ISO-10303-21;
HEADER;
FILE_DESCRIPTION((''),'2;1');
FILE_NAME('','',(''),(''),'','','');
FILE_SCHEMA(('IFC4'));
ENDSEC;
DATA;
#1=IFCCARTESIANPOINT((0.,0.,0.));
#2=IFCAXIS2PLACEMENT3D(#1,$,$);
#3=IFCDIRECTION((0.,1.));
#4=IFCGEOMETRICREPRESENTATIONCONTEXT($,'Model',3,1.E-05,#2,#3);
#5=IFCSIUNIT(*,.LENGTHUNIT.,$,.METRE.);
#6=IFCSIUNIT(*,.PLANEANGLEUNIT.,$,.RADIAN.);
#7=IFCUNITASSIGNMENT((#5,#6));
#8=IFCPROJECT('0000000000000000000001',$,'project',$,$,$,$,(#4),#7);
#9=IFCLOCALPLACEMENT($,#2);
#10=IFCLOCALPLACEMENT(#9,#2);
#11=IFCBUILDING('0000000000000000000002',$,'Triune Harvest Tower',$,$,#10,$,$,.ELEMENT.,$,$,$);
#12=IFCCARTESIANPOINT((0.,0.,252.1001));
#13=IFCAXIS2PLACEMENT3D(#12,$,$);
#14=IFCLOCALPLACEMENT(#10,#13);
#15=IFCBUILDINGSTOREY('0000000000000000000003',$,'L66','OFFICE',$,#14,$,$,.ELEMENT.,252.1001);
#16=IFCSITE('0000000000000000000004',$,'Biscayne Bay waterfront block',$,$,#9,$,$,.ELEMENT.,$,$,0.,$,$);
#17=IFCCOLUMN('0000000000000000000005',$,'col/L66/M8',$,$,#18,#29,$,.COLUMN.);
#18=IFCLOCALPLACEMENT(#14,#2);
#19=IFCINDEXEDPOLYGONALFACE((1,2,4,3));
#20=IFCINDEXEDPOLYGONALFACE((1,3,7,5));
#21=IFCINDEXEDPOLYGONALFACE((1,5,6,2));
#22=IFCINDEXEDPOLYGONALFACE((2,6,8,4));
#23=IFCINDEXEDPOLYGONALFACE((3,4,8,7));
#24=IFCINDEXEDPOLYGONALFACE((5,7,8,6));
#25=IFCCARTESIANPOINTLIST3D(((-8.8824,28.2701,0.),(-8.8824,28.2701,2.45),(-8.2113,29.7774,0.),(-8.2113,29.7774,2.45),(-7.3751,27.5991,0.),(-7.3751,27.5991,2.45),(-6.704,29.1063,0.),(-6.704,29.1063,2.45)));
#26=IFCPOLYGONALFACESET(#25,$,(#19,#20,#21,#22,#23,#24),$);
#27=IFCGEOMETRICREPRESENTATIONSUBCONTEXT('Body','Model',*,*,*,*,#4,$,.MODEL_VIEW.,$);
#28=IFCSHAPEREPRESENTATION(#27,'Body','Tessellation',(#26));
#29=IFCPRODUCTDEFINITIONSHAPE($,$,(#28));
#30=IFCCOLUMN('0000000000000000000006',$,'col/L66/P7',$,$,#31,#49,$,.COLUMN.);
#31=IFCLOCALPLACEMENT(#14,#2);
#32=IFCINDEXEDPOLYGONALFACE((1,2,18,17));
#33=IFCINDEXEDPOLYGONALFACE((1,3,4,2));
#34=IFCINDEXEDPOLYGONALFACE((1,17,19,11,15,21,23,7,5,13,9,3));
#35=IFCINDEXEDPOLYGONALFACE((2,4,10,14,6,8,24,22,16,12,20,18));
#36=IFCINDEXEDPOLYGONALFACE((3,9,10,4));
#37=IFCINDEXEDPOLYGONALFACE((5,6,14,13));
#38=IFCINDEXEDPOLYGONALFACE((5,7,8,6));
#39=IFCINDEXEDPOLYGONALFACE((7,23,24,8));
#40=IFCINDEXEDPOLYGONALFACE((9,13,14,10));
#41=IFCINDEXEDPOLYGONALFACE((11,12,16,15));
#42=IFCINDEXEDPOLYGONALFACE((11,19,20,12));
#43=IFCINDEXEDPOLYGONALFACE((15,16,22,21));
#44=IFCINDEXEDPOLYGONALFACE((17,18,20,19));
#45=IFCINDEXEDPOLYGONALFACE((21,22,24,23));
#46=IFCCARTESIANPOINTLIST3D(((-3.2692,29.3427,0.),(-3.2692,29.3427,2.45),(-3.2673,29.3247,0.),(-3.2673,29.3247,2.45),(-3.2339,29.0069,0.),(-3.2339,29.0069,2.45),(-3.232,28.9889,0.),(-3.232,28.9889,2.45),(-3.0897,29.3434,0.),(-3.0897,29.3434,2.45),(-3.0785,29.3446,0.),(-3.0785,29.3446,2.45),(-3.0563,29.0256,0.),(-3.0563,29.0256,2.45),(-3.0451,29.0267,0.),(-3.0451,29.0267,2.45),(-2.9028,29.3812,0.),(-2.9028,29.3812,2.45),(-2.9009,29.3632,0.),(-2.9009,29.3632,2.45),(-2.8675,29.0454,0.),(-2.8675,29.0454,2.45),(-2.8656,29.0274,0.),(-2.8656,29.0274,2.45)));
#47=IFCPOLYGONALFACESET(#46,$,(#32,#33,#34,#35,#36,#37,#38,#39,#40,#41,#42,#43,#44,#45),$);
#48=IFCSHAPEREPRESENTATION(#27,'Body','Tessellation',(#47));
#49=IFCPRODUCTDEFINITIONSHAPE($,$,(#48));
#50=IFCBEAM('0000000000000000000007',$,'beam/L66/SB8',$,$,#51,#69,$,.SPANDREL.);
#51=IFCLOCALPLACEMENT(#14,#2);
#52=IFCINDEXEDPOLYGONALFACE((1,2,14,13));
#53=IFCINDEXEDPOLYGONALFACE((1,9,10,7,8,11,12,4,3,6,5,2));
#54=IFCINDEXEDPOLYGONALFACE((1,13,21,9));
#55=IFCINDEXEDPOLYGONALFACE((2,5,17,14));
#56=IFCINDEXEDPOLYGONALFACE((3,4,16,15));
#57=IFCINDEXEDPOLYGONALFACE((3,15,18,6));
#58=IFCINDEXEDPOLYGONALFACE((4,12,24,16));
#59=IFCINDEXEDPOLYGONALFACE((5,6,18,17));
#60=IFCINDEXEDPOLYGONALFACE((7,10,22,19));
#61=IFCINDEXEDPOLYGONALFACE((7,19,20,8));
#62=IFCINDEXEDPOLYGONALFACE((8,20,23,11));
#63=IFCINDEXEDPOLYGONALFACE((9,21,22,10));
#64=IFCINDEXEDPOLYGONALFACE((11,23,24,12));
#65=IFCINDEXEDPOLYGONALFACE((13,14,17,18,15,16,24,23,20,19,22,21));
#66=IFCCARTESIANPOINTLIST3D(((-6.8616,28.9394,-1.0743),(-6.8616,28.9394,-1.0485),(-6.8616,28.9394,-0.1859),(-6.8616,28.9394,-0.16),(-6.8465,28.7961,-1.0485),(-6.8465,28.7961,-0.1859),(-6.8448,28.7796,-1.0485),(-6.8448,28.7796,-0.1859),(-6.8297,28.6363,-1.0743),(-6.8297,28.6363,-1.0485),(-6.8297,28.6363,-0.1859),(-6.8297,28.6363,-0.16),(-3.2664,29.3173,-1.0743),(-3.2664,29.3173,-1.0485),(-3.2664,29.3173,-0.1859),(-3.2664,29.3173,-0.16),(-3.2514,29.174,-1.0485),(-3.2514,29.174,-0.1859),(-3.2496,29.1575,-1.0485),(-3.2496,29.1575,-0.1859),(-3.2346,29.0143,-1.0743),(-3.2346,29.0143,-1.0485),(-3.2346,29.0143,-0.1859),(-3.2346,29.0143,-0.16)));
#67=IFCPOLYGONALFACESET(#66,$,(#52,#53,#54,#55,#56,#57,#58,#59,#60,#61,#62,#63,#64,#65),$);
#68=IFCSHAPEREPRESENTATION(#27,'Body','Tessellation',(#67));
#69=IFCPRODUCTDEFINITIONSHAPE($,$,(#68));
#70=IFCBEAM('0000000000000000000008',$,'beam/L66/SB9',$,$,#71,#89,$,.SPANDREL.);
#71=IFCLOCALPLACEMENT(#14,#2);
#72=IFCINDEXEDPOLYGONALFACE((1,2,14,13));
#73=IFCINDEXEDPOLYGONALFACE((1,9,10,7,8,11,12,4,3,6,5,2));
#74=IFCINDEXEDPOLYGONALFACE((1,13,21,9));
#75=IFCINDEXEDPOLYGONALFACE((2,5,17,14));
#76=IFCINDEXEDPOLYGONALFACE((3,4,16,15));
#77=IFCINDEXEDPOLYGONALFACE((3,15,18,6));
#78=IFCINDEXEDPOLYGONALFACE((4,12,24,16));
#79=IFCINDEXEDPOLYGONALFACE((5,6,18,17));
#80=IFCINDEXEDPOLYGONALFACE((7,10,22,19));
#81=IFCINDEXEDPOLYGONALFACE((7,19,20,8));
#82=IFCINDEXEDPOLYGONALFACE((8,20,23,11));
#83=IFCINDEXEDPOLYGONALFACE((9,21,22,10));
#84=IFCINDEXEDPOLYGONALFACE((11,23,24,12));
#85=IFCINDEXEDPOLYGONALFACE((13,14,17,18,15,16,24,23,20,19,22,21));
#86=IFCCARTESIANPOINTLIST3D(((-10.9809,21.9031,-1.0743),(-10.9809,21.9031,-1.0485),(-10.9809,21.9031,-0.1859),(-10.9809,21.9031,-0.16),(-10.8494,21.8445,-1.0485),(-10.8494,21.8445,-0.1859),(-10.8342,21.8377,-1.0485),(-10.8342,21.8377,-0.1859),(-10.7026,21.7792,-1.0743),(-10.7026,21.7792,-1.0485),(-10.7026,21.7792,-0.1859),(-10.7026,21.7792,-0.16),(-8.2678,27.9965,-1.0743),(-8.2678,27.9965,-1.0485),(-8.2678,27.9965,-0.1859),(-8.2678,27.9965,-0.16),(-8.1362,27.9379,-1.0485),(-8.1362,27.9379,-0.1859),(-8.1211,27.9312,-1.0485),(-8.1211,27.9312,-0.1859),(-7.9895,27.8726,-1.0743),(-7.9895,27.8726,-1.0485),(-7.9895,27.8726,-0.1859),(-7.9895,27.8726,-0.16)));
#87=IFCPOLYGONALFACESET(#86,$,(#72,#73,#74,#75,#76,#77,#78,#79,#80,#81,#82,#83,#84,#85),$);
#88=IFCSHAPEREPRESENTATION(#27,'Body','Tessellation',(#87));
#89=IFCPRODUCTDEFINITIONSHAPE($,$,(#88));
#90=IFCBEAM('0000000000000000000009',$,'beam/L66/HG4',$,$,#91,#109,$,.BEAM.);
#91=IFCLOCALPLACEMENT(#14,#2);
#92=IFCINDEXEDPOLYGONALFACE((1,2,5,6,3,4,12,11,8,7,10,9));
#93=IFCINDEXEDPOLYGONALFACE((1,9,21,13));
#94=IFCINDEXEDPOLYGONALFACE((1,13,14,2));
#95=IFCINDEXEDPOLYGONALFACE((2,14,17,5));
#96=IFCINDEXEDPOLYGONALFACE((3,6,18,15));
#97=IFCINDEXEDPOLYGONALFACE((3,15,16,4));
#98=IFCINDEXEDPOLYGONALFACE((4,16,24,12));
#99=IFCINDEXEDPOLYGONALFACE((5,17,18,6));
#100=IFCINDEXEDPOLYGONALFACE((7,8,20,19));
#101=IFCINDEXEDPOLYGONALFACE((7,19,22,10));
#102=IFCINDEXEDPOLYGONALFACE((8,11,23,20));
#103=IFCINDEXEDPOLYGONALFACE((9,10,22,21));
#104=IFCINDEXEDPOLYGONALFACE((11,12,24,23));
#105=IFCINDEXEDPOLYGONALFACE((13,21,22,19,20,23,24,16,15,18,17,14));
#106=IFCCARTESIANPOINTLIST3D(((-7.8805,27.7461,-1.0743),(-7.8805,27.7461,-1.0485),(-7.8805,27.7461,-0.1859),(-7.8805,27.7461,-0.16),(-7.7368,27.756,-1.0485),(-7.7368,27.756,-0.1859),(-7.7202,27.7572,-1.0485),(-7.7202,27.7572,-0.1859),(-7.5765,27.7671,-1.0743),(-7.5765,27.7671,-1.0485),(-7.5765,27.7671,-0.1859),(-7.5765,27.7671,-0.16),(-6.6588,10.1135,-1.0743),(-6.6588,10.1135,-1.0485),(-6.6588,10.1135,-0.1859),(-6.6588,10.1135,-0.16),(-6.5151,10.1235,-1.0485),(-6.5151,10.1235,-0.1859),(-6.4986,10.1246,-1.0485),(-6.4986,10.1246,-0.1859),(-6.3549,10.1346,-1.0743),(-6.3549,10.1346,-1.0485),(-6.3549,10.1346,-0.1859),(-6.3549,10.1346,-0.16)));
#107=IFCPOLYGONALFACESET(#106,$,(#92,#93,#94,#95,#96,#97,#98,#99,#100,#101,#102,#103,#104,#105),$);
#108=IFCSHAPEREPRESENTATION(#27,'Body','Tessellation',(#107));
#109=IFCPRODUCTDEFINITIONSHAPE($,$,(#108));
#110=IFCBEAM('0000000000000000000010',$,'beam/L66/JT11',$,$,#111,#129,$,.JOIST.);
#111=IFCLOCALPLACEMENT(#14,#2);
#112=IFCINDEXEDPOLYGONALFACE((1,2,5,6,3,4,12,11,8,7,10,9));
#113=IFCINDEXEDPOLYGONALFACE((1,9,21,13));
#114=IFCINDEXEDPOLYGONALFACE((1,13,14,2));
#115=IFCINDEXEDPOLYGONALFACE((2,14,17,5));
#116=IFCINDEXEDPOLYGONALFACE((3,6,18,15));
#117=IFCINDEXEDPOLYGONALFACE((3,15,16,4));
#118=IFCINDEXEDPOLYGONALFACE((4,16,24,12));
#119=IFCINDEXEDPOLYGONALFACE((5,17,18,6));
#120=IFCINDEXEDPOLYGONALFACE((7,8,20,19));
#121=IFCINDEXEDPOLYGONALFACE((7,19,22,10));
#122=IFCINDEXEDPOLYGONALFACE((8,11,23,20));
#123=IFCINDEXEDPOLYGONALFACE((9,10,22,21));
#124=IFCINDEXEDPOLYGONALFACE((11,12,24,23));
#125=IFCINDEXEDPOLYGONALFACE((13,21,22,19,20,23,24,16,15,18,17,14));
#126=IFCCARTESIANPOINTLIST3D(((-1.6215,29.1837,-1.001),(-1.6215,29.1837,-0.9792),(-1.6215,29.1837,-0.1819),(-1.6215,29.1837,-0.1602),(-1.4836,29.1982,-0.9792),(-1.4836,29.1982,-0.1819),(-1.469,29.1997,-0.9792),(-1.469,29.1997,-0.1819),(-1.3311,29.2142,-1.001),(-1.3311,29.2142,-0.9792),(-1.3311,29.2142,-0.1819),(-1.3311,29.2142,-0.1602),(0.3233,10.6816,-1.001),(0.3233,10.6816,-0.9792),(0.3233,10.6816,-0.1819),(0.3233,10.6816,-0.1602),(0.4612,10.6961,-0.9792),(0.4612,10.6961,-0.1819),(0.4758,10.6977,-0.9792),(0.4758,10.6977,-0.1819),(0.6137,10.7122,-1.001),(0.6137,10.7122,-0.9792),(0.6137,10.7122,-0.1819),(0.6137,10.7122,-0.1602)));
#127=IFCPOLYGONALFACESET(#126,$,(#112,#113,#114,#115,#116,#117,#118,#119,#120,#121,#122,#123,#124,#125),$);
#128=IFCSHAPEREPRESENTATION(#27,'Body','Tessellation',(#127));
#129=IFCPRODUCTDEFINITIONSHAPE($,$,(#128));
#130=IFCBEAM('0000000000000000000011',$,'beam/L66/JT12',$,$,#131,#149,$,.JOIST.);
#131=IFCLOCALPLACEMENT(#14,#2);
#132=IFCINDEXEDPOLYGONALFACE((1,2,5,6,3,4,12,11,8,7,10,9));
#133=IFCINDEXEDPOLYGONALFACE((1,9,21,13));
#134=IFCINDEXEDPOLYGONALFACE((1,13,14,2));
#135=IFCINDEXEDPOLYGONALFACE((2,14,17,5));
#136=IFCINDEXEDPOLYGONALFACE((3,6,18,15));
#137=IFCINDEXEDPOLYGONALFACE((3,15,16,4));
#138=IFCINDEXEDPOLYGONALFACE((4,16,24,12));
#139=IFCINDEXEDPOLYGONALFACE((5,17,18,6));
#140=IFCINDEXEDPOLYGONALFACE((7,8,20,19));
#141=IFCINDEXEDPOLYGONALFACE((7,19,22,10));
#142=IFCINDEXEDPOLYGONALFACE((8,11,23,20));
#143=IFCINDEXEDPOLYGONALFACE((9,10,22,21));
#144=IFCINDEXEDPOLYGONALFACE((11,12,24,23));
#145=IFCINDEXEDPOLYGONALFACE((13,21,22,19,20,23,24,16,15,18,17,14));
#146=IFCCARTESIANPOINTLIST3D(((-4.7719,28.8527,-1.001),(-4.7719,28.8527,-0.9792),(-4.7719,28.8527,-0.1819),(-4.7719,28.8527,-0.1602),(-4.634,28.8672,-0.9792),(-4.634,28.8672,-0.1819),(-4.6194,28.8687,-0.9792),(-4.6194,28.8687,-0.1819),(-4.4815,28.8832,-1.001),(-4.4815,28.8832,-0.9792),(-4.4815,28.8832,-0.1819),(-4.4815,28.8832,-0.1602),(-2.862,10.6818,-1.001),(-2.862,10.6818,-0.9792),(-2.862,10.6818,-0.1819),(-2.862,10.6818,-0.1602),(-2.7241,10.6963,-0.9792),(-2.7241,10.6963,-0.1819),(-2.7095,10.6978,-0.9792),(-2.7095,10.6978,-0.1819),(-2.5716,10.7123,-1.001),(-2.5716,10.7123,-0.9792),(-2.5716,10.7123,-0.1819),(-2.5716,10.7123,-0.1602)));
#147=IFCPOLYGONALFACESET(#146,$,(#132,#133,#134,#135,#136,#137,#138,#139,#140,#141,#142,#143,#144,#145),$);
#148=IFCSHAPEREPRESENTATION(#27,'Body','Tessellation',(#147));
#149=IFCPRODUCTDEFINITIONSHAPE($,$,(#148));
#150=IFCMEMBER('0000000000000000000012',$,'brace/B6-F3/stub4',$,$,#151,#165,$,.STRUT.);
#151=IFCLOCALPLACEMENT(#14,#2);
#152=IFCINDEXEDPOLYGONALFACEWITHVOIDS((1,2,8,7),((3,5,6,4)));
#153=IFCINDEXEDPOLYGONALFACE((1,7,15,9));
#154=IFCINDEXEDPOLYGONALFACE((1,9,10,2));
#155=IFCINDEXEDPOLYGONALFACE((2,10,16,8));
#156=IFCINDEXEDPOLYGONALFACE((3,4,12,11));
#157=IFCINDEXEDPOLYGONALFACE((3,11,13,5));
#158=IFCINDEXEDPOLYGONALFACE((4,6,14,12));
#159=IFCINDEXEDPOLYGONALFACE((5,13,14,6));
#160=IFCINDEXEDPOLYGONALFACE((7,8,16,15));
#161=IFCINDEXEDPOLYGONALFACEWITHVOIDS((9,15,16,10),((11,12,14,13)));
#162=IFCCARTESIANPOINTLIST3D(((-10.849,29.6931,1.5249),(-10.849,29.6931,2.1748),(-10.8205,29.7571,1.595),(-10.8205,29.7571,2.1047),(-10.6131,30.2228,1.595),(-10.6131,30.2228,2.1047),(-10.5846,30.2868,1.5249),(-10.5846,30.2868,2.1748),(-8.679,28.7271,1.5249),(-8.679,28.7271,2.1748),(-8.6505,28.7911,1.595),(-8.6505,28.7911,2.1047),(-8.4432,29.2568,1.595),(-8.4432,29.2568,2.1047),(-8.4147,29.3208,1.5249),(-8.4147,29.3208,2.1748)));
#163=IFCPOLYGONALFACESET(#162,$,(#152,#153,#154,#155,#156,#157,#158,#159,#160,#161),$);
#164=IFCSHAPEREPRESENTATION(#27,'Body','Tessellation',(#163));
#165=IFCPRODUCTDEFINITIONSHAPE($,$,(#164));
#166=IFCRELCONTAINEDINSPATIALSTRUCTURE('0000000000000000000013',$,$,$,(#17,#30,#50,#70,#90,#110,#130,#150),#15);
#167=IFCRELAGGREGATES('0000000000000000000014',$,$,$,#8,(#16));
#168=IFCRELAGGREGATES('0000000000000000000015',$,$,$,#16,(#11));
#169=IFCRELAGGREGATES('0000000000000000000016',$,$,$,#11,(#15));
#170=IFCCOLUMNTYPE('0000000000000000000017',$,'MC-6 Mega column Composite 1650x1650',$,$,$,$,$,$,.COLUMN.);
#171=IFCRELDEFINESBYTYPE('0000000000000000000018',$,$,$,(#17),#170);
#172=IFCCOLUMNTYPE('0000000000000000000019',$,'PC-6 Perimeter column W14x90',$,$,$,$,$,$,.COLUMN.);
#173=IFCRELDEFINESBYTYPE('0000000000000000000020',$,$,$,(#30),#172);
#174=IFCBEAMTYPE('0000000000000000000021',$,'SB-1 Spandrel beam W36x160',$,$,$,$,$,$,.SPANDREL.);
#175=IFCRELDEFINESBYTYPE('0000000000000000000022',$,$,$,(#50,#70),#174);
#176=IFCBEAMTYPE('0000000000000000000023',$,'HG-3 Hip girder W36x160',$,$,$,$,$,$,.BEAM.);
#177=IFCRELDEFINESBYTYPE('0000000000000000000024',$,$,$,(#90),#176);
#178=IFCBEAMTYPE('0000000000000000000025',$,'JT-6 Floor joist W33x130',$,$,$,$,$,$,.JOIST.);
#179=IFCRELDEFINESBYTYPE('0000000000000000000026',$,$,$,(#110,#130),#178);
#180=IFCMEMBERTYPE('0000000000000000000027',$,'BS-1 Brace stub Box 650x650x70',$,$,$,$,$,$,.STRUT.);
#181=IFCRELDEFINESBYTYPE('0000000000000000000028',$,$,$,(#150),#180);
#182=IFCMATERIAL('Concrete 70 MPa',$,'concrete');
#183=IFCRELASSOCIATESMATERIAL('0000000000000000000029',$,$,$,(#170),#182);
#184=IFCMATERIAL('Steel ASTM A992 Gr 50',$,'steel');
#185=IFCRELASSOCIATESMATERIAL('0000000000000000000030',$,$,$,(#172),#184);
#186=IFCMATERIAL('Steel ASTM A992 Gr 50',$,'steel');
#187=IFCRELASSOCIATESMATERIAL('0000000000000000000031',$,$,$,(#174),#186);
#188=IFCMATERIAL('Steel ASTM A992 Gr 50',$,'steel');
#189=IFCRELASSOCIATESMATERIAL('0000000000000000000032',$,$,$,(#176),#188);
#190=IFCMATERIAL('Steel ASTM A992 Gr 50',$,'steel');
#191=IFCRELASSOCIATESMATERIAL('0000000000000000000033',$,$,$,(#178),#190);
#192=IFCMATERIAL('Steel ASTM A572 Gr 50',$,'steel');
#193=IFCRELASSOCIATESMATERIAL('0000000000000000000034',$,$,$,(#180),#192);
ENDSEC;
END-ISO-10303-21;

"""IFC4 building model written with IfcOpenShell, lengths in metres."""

from ifc_helpers import new_model, si_unit, direction, frame, origin, origin_2d, place, context, subcontext, project, spatial, rectangle, hollow_rectangle, i_section, extrude, source, transform, mapped, material, material_profile, profile_set, type_object, element, save


model = new_model("IFC4")

# Units and contexts
model_context = context("Model", 3, precision=1e-05, world=origin(), true_north=direction((0.0, 1.0)))
body_context = subcontext(model_context, "Body", "Model", "MODEL_VIEW")
ifc_project = project(units=[si_unit("LENGTHUNIT", "METRE"), si_unit("PLANEANGLEUNIT", "RADIAN")], contexts=[model_context])

# Site, building, storey
site_placement = place(None, origin())
site = spatial("IfcSite", under=ifc_project, at=site_placement, Name="Biscayne Bay waterfront block", CompositionType="ELEMENT", RefElevation=0.0)
building_placement = place(site_placement, origin())
building = spatial("IfcBuilding", under=site, at=building_placement, Name="Triune Harvest Tower", CompositionType="ELEMENT")
storey_placement = place(building_placement, frame((0.0, 0.0, 252.1001)))
storey = spatial("IfcBuildingStorey", under=building, at=storey_placement, Name="L66", Description="OFFICE", CompositionType="ELEMENT", Elevation=252.1001)

# Columns
ifc_material_1 = material(Name="Concrete 70 MPa", Category="concrete")
ifc_material_profile_1 = material_profile(ifc_material_1, rectangle(XDim=1.6499, YDim=1.6499, at=origin_2d()), Name="Composite 1650x1650")
ifc_profile_set_1 = profile_set([ifc_material_profile_1], Name="Concrete 70 MPa")
column_type_1 = type_object("IfcColumnType", Name="MC-6 Mega column Composite 1650x1650", PredefinedType="COLUMN", material=ifc_profile_set_1)
shared_shape_1 = source(origin(), body_context, "Body", "SweptSolid", [
    extrude(rectangle(XDim=1.6499, YDim=1.6499, at=origin_2d()), origin(), (0.0, 0.0, 1.0), 2.45),
])
column_1_placement = place(storey_placement, frame((-7.7932, 28.6882, 0.0), z_axis=(0.0, 0.0, 1.0), x_axis=(-0.406738, -0.913545, 0.0)))
element("IfcColumn", 1, at=column_1_placement, inside=storey, type_object=column_type_1, Name="col/L66/M8", PredefinedType="COLUMN", context=body_context, shape_type="MappedRepresentation", body=[
    mapped(shared_shape_1, transform((0.0, 0.0, 0.0), scale=1.0)),
])
ifc_material_2 = material(Name="Steel ASTM A992 Gr 50", Category="steel")
ifc_material_profile_2 = material_profile(ifc_material_2, i_section(OverallWidth=0.3684, OverallDepth=0.3557, WebThickness=0.0112, FlangeThickness=0.0181, at=origin_2d()), Name="W14x90")
ifc_profile_set_2 = profile_set([ifc_material_profile_2], Name="Steel ASTM A992 Gr 50")
column_type_2 = type_object("IfcColumnType", Name="PC-6 Perimeter column W14x90", PredefinedType="COLUMN", material=ifc_profile_set_2)
shared_shape_2 = source(origin(), body_context, "Body", "SweptSolid", [
    extrude(i_section(OverallWidth=0.3684, OverallDepth=0.3557, WebThickness=0.0112, FlangeThickness=0.0181, at=origin_2d()), origin(), (0.0, 0.0, 1.0), 2.45),
])
column_2_placement = place(storey_placement, frame((-3.0674, 29.1851, 0.0), z_axis=(0.0, 0.0, 1.0), x_axis=(-0.994522, -0.104528, 0.0)))
element("IfcColumn", 2, at=column_2_placement, inside=storey, type_object=column_type_2, Name="col/L66/P7", PredefinedType="COLUMN", context=body_context, shape_type="MappedRepresentation", body=[
    mapped(shared_shape_2, transform((0.0, 0.0, 0.0), scale=1.0)),
])

# Beams
ifc_material_3 = material(Name="Steel ASTM A992 Gr 50", Category="steel")
ifc_material_profile_3 = material_profile(ifc_material_3, i_section(OverallWidth=0.3047, OverallDepth=0.9143, WebThickness=0.0166, FlangeThickness=0.0259, at=origin_2d()), Name="W36x160")
ifc_profile_set_3 = profile_set([ifc_material_profile_3], Name="Steel ASTM A992 Gr 50")
beam_type_1 = type_object("IfcBeamType", Name="SB-1 Spandrel beam W36x160", PredefinedType="SPANDREL", material=ifc_profile_set_3)
shared_shape_3 = source(origin(), body_context, "Body", "SweptSolid", [
    extrude(i_section(OverallWidth=0.3047, OverallDepth=0.9143, WebThickness=0.0166, FlangeThickness=0.0259, at=origin_2d()), origin(), (0.0, 0.0, 1.0), 3.615),
])
beam_1_placement = place(storey_placement, frame((-3.2505, 29.1658, -0.6172), z_axis=(-0.99452, -0.104544, 0.0), x_axis=(0.104544, -0.99452, 0.0)))
element("IfcBeam", 3, at=beam_1_placement, inside=storey, type_object=beam_type_1, Name="beam/L66/SB8", PredefinedType="SPANDREL", context=body_context, shape_type="MappedRepresentation", body=[
    mapped(shared_shape_3, transform((0.0, 0.0, 0.0), scale=1.0)),
])
shared_shape_4 = source(origin(), body_context, "Body", "SweptSolid", [
    extrude(i_section(OverallWidth=0.3047, OverallDepth=0.9143, WebThickness=0.0166, FlangeThickness=0.0259, at=origin_2d()), origin(), (0.0, 0.0, 1.0), 6.6702),
])
beam_2_placement = place(storey_placement, frame((-8.1287, 27.9346, -0.6172), z_axis=(-0.406753, -0.913538, 0.0), x_axis=(0.913538, -0.406753, 0.0)))
element("IfcBeam", 4, at=beam_2_placement, inside=storey, type_object=beam_type_1, Name="beam/L66/SB9", PredefinedType="SPANDREL", context=body_context, shape_type="MappedRepresentation", body=[
    mapped(shared_shape_4, transform((0.0, 0.0, 0.0), scale=1.0)),
])
ifc_material_4 = material(Name="Steel ASTM A992 Gr 50", Category="steel")
ifc_material_profile_4 = material_profile(ifc_material_4, i_section(OverallWidth=0.3047, OverallDepth=0.9143, WebThickness=0.0166, FlangeThickness=0.0259, at=origin_2d()), Name="W36x160")
ifc_profile_set_4 = profile_set([ifc_material_profile_4], Name="Steel ASTM A992 Gr 50")
beam_type_2 = type_object("IfcBeamType", Name="HG-3 Hip girder W36x160", PredefinedType="BEAM", material=ifc_profile_set_4)
shared_shape_5 = source(origin(), body_context, "Body", "SweptSolid", [
    extrude(i_section(OverallWidth=0.3047, OverallDepth=0.9143, WebThickness=0.0166, FlangeThickness=0.0259, at=origin_2d()), origin(), (0.0, 0.0, 1.0), 17.6748),
])
beam_3_placement = place(storey_placement, frame((-7.7285, 27.7566, -0.6172), z_axis=(0.06912, -0.997608, 0.0), x_axis=(0.997608, 0.06912, 0.0)))
element("IfcBeam", 5, at=beam_3_placement, inside=storey, type_object=beam_type_2, Name="beam/L66/HG4", PredefinedType="BEAM", context=body_context, shape_type="MappedRepresentation", body=[
    mapped(shared_shape_5, transform((0.0, 0.0, 0.0), scale=1.0)),
])
ifc_material_5 = material(Name="Steel ASTM A992 Gr 50", Category="steel")
ifc_material_profile_5 = material_profile(ifc_material_5, i_section(OverallWidth=0.292, OverallDepth=0.8408, WebThickness=0.0146, FlangeThickness=0.0217, at=origin_2d()), Name="W33x130")
ifc_profile_set_5 = profile_set([ifc_material_profile_5], Name="Steel ASTM A992 Gr 50")
beam_type_3 = type_object("IfcBeamType", Name="JT-6 Floor joist W33x130", PredefinedType="JOIST", material=ifc_profile_set_5)
shared_shape_6 = source(origin(), body_context, "Body", "SweptSolid", [
    extrude(i_section(OverallWidth=0.292, OverallDepth=0.8408, WebThickness=0.0146, FlangeThickness=0.0217, at=origin_2d()), origin(), (0.0, 0.0, 1.0), 18.604),
])
beam_4_placement = place(storey_placement, frame((-1.4763, 29.199, -0.5806), z_axis=(0.104539, -0.994521, 0.0), x_axis=(0.994521, 0.104539, 0.0)))
element("IfcBeam", 6, at=beam_4_placement, inside=storey, type_object=beam_type_3, Name="beam/L66/JT11", PredefinedType="JOIST", context=body_context, shape_type="MappedRepresentation", body=[
    mapped(shared_shape_6, transform((0.0, 0.0, 0.0), scale=1.0)),
])
shared_shape_7 = source(origin(), body_context, "Body", "SweptSolid", [
    extrude(i_section(OverallWidth=0.292, OverallDepth=0.8408, WebThickness=0.0146, FlangeThickness=0.0217, at=origin_2d()), origin(), (0.0, 0.0, 1.0), 18.271),
])
beam_5_placement = place(storey_placement, frame((-4.6267, 28.8679, -0.5806), z_axis=(0.104532, -0.994521, 0.0), x_axis=(0.994521, 0.104532, 0.0)))
element("IfcBeam", 7, at=beam_5_placement, inside=storey, type_object=beam_type_3, Name="beam/L66/JT12", PredefinedType="JOIST", context=body_context, shape_type="MappedRepresentation", body=[
    mapped(shared_shape_7, transform((0.0, 0.0, 0.0), scale=1.0)),
])

# Member
ifc_material_6 = material(Name="Steel ASTM A572 Gr 50", Category="steel")
ifc_material_profile_6 = material_profile(ifc_material_6, hollow_rectangle(XDim=0.6499, YDim=0.6499, WallThickness=0.0701, at=origin_2d()), Name="Box 650x650x70")
ifc_profile_set_6 = profile_set([ifc_material_profile_6], Name="Steel ASTM A572 Gr 50")
member_type_1 = type_object("IfcMemberType", Name="BS-1 Brace stub Box 650x650x70", PredefinedType="STRUT", material=ifc_profile_set_6)
shared_shape_8 = source(origin(), body_context, "Body", "SweptSolid", [
    extrude(hollow_rectangle(XDim=0.6499, YDim=0.6499, WallThickness=0.0701, at=origin_2d()), origin(), (0.0, 0.0, 1.0), 2.3752),
])
member_1_placement = place(storey_placement, frame((-8.5469, 29.0239, 1.8499), z_axis=(-0.913553, 0.40672, 0.0), x_axis=(-0.40672, -0.913553, 0.0)))
element("IfcMember", 8, at=member_1_placement, inside=storey, type_object=member_type_1, Name="brace/B6-F3/stub4", PredefinedType="STRUT", context=body_context, shape_type="MappedRepresentation", body=[
    mapped(shared_shape_8, transform((0.0, 0.0, 0.0), scale=1.0)),
])

save(model, "model.ifc")
